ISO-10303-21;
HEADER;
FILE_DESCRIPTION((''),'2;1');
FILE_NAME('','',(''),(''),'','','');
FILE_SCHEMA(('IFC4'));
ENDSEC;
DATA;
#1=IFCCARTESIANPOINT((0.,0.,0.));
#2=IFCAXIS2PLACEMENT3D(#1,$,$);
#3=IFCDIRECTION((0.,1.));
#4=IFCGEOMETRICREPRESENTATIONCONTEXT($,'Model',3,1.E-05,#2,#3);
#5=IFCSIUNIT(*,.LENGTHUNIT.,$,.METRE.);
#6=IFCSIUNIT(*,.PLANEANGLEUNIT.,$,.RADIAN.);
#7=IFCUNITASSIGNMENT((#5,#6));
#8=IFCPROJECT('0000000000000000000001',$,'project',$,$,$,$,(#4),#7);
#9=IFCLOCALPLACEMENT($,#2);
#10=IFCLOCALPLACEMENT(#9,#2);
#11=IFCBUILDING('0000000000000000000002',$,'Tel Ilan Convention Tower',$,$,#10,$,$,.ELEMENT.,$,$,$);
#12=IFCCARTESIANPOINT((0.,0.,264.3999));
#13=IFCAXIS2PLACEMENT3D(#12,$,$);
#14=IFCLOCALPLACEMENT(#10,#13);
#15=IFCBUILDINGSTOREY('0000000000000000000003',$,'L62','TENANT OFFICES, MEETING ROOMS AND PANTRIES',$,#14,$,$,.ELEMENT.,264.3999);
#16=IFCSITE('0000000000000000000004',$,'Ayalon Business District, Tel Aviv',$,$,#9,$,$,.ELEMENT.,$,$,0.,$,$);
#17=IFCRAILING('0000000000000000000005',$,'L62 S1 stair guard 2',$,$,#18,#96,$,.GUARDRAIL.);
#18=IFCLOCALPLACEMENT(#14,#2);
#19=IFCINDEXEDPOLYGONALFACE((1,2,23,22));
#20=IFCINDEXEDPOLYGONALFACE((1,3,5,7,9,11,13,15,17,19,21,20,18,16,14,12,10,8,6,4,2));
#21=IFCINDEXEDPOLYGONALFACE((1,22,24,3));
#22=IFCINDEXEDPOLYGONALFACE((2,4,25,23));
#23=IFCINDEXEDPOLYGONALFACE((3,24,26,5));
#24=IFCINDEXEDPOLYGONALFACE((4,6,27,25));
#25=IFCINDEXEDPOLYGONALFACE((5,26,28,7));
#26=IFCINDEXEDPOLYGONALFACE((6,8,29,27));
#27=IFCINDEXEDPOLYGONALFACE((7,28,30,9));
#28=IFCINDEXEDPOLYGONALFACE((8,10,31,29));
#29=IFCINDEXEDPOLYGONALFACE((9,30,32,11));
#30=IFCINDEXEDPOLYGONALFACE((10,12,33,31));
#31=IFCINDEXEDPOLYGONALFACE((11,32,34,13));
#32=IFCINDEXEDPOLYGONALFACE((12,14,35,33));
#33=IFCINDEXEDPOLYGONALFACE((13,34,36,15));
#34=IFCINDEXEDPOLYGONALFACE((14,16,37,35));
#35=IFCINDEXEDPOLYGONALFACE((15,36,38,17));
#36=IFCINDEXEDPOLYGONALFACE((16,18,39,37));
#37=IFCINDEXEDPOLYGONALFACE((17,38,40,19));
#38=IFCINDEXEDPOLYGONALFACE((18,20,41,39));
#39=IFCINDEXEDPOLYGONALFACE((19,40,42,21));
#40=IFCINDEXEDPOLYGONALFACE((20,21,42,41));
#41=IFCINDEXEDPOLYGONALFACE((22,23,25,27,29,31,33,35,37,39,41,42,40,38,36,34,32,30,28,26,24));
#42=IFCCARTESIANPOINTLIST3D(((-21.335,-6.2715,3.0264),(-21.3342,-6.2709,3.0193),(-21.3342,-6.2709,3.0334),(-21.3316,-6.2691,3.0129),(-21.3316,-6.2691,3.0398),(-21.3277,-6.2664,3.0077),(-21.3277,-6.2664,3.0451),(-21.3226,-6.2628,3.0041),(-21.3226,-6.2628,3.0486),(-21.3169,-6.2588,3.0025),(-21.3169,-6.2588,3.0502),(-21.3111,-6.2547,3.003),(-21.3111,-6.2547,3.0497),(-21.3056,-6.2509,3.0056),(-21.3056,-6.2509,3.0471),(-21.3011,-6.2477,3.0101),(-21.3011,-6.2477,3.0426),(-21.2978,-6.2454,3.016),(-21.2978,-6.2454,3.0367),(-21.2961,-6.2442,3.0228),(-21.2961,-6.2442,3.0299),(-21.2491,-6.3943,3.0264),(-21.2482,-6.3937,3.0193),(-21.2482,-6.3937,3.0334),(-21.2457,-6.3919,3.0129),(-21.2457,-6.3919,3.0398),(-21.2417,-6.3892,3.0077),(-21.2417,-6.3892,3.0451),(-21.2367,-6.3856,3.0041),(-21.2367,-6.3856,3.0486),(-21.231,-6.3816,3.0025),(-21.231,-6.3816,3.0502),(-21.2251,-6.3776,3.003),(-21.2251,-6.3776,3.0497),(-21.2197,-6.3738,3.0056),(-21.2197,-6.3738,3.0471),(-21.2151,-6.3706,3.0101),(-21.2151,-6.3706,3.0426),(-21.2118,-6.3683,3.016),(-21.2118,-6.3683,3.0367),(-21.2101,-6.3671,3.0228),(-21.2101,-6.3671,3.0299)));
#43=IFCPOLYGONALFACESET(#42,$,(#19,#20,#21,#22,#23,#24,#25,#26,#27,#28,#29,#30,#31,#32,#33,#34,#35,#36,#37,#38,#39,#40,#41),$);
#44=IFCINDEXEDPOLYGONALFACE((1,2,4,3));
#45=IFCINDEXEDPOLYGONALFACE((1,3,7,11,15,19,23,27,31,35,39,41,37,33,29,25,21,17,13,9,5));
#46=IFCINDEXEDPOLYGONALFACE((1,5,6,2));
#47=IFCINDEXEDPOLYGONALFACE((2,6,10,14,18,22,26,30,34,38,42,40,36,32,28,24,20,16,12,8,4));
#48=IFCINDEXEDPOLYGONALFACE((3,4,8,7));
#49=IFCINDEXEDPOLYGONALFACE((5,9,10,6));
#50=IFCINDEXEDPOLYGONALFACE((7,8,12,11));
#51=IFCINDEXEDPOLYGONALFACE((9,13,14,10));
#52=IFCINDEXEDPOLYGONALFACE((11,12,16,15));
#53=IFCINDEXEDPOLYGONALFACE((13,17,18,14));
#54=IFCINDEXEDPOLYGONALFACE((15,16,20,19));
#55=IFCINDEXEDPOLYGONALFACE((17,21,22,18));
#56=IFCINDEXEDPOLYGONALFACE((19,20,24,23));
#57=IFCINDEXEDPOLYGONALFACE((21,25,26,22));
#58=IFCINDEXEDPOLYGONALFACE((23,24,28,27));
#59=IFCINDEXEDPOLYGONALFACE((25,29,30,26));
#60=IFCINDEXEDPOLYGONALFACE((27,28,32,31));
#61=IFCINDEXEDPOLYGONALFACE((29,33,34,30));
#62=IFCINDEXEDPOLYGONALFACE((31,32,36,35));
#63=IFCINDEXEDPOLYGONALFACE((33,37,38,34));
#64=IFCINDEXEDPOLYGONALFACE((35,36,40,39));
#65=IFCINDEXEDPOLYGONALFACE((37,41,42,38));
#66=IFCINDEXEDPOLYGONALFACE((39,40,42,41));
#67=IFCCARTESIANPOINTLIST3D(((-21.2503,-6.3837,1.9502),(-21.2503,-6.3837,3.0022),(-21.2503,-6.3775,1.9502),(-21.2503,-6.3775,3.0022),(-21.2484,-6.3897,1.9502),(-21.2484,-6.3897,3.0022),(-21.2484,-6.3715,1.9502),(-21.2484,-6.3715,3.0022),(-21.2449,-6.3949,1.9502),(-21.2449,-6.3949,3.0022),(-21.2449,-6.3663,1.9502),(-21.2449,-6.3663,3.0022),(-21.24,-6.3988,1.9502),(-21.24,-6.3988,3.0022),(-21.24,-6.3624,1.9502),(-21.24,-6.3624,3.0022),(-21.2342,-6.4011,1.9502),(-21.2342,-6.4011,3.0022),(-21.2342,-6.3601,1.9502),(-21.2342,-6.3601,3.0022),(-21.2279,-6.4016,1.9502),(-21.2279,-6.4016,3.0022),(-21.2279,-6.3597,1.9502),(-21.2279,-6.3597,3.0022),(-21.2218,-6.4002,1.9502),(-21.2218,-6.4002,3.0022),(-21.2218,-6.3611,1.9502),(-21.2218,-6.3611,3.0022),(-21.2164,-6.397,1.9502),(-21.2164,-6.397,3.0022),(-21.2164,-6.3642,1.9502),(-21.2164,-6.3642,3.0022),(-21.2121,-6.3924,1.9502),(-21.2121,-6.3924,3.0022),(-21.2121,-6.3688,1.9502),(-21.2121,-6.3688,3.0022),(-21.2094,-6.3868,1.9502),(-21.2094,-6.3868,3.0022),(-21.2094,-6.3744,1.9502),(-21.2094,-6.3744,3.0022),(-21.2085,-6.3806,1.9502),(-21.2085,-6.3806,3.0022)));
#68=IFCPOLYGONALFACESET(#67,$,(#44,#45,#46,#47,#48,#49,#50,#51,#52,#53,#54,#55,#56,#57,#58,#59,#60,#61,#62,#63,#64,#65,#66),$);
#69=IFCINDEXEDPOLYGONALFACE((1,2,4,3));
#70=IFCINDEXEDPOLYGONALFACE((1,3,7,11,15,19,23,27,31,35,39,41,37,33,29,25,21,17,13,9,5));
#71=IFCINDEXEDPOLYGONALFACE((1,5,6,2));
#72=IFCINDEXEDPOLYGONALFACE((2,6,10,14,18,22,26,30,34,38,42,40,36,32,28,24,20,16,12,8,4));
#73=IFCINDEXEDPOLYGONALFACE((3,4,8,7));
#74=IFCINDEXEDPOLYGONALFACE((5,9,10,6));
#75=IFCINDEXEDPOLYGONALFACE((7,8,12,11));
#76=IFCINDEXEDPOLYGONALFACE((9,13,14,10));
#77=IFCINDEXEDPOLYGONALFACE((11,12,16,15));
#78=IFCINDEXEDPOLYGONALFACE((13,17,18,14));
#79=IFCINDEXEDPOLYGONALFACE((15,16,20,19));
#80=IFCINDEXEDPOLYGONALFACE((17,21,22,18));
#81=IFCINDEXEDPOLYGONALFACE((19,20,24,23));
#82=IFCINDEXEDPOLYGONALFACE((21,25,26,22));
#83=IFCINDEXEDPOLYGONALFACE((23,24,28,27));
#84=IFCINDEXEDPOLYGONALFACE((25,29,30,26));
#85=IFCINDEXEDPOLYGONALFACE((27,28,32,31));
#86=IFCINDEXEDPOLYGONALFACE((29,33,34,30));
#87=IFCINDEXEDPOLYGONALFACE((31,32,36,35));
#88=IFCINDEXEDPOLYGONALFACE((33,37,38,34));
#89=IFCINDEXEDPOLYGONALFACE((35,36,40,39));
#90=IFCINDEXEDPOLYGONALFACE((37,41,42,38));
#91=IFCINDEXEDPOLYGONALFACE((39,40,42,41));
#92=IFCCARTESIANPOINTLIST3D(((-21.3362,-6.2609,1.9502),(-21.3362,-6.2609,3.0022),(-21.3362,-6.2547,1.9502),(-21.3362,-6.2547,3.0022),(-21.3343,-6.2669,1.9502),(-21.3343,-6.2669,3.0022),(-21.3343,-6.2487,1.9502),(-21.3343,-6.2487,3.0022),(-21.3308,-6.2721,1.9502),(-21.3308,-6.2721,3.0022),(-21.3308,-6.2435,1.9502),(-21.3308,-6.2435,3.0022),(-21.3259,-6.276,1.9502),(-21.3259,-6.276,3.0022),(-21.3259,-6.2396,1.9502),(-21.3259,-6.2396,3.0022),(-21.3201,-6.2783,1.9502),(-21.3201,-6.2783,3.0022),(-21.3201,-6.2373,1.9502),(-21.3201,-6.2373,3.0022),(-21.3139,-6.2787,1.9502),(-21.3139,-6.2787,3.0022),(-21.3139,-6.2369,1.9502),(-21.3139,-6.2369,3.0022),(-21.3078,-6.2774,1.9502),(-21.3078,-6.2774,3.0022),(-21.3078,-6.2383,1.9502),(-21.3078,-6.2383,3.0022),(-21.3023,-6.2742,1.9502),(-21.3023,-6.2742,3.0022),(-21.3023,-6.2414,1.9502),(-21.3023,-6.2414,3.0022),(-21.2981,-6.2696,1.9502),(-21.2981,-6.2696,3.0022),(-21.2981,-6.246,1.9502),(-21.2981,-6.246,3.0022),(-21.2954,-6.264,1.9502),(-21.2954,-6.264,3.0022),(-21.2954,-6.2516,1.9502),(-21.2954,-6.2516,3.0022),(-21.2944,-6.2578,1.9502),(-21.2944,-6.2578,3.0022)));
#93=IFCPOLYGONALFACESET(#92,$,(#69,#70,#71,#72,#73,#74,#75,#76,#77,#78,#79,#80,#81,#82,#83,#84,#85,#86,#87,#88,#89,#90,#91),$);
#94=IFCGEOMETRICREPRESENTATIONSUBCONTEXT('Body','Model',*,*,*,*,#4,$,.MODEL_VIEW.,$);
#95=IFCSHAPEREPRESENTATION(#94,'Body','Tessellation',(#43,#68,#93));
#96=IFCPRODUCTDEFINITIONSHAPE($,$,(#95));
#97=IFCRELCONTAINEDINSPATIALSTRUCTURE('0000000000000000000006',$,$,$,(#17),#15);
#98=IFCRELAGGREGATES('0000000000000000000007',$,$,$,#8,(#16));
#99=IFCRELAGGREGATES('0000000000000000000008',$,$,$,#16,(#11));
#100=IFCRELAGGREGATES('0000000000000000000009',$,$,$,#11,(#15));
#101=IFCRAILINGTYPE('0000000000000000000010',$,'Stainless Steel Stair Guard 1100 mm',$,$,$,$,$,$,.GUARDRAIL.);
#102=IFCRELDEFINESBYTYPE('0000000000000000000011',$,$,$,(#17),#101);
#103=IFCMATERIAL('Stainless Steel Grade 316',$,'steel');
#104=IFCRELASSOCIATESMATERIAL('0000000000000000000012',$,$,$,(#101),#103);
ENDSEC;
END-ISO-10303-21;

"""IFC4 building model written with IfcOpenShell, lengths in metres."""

from ifc_helpers import new_model, si_unit, direction, frame, origin, origin_2d, place, context, subcontext, project, spatial, circle, extrude, material, type_object, element, save


model = new_model("IFC4")

# Units and contexts
model_context = context("Model", 3, precision=1e-05, world=origin(), true_north=direction((0.0, 1.0)))
body_context = subcontext(model_context, "Body", "Model", "MODEL_VIEW")
ifc_project = project(units=[si_unit("LENGTHUNIT", "METRE"), si_unit("PLANEANGLEUNIT", "RADIAN")], contexts=[model_context])

# Site, building, storey
site_placement = place(None, origin())
site = spatial("IfcSite", under=ifc_project, at=site_placement, Name="Ayalon Business District, Tel Aviv", CompositionType="ELEMENT", RefElevation=0.0)
building_placement = place(site_placement, origin())
building = spatial("IfcBuilding", under=site, at=building_placement, Name="Tel Ilan Convention Tower", CompositionType="ELEMENT")
storey_placement = place(building_placement, frame((0.0, 0.0, 264.3999)))
storey = spatial("IfcBuildingStorey", under=building, at=storey_placement, Name="L62", Description="TENANT OFFICES, MEETING ROOMS AND PANTRIES", CompositionType="ELEMENT", Elevation=264.3999)

# Railing
ifc_material_1 = material(Name="Stainless Steel Grade 316", Category="steel")
railing_type_1 = type_object("IfcRailingType", Name="Stainless Steel Stair Guard 1100 mm", PredefinedType="GUARDRAIL", material=ifc_material_1)
railing_1_placement = place(storey_placement, frame((-21.2295, -6.3806, 1.9502)))
element("IfcRailing", 1, at=railing_1_placement, inside=storey, type_object=railing_type_1, Name="L62 S1 stair guard 2", PredefinedType="GUARDRAIL", context=body_context, shape_type="SweptSolid", body=[
    extrude(circle(Radius=0.0239, at=origin_2d()), frame((0.0, 0.0, 1.0762), z_axis=(-0.573353, 0.819308, 0.0), x_axis=(-0.819308, -0.573353, 0.0)), (0.0, 0.0, 1.0), 0.1499),
    extrude(circle(Radius=0.021, at=origin_2d()), origin(), (0.0, 0.0, 1.0), 1.052),
    extrude(circle(Radius=0.021, at=origin_2d()), frame((-0.0859, 0.1228, 0.0)), (0.0, 0.0, 1.0), 1.052),
])

save(model, "model.ifc")
